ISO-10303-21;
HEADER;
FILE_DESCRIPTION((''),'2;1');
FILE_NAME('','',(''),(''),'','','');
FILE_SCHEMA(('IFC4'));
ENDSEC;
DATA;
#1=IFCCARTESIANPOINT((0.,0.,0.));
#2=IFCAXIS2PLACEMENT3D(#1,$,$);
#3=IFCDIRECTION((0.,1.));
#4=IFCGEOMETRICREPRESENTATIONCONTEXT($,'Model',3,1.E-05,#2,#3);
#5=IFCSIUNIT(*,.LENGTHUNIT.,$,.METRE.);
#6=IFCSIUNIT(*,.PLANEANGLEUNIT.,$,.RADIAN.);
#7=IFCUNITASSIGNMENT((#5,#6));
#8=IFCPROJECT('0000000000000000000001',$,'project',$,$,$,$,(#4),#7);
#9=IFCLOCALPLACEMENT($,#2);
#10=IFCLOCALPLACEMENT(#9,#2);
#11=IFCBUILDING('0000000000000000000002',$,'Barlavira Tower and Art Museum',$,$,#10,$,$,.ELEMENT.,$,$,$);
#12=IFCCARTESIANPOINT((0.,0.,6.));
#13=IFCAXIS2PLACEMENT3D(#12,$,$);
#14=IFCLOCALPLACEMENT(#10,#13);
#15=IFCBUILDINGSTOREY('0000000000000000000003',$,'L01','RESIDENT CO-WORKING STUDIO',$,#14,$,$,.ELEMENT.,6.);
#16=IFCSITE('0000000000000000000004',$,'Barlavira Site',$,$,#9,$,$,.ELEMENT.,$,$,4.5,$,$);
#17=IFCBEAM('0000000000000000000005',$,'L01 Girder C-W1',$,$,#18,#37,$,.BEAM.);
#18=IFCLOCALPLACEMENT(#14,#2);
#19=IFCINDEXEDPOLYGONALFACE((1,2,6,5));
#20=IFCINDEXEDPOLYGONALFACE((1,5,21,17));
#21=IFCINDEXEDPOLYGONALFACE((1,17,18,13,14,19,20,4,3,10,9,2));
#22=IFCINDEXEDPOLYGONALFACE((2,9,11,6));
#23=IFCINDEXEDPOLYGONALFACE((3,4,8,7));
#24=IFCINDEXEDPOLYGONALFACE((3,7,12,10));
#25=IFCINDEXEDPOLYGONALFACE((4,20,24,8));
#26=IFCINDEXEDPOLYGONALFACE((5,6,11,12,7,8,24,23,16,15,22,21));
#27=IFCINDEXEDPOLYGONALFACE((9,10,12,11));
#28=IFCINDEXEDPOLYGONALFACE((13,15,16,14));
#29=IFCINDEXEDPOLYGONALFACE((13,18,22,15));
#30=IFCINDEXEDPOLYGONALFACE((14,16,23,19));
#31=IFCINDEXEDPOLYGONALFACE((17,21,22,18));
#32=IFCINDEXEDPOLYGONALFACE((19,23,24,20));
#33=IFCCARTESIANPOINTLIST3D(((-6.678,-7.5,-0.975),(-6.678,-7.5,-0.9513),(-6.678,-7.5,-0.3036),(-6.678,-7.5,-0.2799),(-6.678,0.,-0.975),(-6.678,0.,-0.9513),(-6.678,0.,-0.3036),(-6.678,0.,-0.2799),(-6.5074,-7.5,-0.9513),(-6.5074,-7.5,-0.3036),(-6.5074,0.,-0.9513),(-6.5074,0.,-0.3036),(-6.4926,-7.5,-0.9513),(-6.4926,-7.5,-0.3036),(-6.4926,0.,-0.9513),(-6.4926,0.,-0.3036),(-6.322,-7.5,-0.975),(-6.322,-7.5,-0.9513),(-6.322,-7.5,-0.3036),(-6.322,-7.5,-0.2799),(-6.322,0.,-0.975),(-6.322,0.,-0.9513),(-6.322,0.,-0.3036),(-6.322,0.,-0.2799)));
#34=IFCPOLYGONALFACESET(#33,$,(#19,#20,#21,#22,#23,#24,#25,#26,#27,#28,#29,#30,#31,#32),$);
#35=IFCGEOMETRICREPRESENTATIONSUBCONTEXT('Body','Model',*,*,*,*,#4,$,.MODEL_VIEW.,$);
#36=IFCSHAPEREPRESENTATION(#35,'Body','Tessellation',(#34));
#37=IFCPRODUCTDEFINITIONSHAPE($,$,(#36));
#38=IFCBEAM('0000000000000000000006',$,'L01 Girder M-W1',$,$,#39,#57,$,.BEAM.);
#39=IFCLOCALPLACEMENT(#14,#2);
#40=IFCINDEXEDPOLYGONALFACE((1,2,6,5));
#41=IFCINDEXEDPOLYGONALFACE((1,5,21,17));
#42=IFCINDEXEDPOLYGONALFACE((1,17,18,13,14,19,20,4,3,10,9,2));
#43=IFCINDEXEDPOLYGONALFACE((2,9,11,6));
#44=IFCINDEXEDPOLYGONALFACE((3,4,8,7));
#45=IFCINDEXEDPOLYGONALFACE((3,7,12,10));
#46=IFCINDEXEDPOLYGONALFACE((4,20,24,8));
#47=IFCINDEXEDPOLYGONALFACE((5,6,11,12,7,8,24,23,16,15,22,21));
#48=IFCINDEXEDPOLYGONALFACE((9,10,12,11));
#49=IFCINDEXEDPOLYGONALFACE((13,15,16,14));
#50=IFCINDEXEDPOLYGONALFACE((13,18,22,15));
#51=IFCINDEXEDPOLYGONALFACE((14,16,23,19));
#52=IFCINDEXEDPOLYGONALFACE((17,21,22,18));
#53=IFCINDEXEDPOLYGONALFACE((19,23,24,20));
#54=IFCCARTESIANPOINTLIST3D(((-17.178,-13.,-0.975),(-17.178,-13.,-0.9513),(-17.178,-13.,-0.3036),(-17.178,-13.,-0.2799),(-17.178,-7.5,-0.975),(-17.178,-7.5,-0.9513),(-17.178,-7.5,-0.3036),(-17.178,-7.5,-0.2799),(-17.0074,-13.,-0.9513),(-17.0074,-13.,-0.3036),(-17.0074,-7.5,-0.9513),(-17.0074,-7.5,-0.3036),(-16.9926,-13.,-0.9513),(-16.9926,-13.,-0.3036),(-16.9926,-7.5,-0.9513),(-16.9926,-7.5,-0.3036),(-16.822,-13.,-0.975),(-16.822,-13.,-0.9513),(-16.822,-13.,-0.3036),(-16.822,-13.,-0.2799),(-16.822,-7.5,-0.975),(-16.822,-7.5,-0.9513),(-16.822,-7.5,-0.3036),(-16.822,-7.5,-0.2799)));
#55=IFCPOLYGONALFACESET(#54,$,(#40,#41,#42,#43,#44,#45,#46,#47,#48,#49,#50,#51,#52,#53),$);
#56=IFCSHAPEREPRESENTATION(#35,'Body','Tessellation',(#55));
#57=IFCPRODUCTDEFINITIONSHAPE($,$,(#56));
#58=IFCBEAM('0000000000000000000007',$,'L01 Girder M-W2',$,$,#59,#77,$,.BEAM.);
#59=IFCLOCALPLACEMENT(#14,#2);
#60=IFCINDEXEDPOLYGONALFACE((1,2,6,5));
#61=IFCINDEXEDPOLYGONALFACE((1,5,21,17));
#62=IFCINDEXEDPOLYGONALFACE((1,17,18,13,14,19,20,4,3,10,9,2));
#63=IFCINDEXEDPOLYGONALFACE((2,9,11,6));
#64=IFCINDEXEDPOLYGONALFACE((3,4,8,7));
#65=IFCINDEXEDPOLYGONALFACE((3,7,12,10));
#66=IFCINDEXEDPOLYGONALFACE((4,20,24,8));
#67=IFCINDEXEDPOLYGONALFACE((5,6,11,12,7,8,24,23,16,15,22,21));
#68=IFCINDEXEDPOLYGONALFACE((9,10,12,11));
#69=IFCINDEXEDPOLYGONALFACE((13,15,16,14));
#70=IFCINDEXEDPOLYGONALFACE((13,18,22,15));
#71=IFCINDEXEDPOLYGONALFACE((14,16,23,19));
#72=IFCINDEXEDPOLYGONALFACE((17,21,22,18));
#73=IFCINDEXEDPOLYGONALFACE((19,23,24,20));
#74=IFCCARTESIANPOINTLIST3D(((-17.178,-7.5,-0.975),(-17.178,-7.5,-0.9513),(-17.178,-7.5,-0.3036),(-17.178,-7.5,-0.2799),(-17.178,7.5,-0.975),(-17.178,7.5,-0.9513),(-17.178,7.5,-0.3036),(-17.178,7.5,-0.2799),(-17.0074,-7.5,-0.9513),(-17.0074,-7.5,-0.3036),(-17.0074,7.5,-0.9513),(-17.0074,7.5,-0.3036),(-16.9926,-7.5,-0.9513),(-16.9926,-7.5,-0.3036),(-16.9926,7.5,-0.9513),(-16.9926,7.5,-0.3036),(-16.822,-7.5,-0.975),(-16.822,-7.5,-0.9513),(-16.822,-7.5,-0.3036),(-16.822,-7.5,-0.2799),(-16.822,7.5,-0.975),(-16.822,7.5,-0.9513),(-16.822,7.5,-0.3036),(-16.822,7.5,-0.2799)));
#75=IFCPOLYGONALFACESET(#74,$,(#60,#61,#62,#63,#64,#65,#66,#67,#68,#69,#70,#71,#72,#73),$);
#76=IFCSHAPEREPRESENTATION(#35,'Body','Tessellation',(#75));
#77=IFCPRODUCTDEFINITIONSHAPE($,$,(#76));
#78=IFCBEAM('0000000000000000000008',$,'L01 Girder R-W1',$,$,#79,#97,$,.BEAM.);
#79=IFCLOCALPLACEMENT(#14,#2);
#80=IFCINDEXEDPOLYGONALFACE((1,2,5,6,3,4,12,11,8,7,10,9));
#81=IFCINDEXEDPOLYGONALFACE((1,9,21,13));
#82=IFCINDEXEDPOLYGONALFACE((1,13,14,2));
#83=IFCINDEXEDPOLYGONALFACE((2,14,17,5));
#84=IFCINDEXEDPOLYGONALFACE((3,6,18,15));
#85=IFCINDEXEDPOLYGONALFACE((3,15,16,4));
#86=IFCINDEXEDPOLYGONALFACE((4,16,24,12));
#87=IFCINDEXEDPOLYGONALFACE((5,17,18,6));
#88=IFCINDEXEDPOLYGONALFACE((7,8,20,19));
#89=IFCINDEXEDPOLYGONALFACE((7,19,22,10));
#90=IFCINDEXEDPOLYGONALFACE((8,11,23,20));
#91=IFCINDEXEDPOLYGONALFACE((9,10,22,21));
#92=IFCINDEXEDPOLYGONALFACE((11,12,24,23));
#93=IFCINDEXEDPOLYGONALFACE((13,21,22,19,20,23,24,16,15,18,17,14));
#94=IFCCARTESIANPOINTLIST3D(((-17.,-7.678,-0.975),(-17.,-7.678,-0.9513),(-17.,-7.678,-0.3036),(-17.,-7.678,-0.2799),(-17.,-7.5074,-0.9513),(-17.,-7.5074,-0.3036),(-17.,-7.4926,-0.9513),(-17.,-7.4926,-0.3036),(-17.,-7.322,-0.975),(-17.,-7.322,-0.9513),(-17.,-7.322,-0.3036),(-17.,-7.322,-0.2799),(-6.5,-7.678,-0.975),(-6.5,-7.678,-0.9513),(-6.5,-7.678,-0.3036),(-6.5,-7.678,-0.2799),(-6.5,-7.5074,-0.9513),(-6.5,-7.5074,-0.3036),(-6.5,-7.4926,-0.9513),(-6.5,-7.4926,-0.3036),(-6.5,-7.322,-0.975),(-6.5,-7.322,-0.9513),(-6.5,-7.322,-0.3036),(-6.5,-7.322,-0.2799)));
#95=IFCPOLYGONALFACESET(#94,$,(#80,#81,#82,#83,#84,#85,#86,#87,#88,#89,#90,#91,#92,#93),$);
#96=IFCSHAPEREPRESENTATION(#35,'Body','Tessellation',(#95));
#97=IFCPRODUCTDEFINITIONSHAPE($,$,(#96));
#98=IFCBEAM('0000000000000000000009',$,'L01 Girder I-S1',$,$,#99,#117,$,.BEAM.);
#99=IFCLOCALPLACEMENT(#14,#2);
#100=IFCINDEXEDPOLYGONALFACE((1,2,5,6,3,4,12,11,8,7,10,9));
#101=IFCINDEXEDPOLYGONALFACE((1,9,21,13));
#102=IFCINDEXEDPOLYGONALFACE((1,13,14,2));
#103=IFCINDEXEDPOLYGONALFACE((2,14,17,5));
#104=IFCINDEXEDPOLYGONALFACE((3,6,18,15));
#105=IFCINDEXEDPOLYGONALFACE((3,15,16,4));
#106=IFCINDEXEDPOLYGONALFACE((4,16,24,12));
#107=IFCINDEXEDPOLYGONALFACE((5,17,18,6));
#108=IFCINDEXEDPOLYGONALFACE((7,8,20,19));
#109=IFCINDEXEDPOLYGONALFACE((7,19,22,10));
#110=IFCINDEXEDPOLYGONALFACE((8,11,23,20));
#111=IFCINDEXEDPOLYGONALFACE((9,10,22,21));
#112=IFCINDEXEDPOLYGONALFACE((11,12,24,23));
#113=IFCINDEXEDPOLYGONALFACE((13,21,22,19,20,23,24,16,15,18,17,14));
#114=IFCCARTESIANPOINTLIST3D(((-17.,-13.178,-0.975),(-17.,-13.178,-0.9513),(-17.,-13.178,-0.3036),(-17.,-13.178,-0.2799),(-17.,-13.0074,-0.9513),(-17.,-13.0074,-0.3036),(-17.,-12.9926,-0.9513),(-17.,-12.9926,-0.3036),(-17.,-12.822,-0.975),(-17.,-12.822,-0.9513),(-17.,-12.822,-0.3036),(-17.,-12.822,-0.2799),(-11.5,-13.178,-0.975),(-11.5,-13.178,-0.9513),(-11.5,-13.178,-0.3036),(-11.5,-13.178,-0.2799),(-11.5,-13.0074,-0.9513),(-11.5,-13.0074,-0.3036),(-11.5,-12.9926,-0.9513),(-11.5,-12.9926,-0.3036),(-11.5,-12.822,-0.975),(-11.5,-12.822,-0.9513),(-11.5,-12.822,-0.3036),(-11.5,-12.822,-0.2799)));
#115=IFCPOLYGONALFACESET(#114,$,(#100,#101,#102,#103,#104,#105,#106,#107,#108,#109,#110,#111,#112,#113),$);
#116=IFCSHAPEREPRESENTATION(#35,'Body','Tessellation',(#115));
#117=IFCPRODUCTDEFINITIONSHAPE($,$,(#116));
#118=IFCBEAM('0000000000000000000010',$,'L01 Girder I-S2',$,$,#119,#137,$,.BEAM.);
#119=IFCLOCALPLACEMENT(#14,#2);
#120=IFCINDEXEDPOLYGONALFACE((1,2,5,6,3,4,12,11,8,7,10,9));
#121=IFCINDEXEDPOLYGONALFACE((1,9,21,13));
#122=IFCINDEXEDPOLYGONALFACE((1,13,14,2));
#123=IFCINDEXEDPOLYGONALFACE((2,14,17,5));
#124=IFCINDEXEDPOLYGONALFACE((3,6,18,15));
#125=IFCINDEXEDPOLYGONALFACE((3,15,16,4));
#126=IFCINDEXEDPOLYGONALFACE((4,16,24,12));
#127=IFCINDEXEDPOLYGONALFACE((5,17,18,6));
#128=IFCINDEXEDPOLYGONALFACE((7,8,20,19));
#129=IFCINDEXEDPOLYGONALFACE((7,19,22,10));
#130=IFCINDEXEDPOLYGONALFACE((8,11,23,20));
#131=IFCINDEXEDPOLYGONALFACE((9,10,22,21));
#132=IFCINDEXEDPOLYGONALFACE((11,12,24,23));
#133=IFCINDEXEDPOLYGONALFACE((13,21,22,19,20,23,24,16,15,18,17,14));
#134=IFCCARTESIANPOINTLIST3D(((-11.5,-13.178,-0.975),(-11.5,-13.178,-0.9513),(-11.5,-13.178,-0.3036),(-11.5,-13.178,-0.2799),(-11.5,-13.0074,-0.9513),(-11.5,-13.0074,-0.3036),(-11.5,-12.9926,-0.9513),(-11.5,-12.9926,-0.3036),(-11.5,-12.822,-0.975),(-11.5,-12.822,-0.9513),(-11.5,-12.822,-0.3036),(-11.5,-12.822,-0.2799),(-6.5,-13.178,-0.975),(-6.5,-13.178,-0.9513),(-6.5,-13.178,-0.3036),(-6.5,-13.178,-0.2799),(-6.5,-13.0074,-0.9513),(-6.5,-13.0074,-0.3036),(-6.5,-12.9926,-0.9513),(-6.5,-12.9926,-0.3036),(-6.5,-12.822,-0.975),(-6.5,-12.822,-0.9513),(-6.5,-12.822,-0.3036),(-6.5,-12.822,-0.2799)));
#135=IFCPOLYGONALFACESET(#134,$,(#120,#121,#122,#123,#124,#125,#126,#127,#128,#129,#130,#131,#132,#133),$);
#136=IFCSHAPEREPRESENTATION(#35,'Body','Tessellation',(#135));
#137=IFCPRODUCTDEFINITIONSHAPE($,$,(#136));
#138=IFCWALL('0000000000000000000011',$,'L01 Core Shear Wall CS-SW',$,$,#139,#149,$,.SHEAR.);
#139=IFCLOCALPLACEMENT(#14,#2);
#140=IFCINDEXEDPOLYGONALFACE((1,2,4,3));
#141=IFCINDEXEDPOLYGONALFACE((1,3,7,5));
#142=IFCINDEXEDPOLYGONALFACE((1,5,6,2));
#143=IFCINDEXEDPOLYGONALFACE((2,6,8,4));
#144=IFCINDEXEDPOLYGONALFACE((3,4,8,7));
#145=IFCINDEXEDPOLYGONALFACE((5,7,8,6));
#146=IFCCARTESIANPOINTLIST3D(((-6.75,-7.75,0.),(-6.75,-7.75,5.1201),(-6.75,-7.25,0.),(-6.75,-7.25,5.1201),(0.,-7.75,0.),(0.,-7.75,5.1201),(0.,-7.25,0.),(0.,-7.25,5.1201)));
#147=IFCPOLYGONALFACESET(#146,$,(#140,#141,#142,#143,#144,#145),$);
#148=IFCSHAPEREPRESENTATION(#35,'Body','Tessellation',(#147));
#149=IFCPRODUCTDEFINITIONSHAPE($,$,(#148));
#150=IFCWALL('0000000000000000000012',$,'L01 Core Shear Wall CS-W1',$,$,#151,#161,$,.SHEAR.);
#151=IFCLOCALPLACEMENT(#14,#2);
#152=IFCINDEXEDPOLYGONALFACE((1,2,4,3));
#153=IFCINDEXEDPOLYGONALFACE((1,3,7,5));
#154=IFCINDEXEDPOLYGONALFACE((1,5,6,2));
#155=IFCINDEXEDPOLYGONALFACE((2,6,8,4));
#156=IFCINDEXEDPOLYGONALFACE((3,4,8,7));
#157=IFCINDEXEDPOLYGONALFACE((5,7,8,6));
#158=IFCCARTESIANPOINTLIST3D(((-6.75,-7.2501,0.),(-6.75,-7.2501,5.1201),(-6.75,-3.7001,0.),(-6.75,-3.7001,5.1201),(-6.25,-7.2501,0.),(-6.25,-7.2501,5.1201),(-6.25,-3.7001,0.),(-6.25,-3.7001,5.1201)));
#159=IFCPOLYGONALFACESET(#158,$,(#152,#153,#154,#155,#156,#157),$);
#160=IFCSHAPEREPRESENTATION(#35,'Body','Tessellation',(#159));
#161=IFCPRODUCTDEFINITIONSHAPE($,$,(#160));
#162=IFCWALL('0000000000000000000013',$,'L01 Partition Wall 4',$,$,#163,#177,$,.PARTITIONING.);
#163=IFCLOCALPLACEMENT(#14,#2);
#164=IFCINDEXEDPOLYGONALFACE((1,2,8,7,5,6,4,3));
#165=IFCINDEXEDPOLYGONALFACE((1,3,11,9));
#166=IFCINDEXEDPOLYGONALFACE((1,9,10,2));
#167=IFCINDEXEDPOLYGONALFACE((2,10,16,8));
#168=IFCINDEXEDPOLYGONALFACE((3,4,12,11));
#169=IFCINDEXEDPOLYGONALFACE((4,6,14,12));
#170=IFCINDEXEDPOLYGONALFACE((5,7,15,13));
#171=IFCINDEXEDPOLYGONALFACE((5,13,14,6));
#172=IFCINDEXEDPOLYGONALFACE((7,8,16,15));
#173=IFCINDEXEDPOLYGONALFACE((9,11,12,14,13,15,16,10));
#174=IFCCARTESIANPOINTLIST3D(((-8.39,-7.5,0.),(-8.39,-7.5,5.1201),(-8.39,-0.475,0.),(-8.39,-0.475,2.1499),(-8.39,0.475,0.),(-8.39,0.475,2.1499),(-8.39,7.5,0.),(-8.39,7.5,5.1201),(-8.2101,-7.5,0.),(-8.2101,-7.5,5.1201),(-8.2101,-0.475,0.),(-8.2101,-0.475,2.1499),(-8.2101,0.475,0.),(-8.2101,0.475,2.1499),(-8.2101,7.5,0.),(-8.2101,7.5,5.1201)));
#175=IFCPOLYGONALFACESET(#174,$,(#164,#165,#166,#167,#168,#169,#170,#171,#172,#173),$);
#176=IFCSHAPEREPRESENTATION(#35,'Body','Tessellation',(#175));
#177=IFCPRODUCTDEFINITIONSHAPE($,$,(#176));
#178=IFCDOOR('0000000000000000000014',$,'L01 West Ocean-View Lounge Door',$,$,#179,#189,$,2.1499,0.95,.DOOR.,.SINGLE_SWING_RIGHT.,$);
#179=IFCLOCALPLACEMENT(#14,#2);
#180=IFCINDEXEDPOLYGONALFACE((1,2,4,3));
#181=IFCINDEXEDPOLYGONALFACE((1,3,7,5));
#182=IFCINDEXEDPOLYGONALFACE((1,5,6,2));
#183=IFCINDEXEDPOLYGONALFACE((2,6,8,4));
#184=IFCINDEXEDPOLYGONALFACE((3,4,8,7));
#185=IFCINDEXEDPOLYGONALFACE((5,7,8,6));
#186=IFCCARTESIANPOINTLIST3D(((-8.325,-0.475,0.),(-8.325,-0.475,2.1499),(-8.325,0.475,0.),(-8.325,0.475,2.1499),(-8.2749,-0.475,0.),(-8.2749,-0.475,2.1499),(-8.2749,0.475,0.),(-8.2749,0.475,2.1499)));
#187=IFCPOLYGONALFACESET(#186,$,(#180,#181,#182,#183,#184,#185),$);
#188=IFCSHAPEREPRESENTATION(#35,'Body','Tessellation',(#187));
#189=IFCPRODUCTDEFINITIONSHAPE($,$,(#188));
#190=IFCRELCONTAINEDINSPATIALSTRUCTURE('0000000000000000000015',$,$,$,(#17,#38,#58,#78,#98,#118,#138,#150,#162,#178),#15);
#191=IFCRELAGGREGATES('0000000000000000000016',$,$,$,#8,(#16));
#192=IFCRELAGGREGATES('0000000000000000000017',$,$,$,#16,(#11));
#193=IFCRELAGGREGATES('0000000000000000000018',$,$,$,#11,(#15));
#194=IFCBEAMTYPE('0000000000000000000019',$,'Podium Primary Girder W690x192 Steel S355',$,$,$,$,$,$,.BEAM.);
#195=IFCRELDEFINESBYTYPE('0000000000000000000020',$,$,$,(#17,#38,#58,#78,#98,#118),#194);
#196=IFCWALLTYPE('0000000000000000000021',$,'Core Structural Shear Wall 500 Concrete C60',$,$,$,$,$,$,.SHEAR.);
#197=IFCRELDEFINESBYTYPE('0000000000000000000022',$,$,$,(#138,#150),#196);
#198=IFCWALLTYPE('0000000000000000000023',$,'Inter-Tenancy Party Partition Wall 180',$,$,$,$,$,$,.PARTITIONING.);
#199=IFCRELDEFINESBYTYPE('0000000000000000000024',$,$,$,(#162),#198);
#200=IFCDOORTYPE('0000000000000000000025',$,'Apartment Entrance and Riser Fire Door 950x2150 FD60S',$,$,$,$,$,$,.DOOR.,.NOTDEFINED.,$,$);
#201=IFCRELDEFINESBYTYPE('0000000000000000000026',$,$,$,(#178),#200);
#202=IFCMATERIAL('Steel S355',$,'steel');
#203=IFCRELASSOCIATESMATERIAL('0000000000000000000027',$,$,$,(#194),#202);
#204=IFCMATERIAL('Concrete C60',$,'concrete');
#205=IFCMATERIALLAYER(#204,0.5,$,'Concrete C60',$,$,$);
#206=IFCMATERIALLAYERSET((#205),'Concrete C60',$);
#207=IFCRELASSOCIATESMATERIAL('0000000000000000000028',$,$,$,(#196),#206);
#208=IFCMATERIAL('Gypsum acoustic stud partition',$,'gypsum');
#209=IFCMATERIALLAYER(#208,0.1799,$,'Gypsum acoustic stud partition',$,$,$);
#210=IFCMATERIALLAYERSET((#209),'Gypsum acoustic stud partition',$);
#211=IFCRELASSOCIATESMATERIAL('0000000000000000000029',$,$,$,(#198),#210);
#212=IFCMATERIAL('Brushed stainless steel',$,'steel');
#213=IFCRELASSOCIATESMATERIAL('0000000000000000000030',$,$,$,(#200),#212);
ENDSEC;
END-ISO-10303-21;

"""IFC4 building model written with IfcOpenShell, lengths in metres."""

from ifc_helpers import new_model, si_unit, direction, frame, frame_2d, origin, origin_2d, place, context, subcontext, project, spatial, rectangle, i_section, extrude, material, layer, layer_set, material_profile, profile_set, type_object, element, fill, save


model = new_model("IFC4")

# Units and contexts
model_context = context("Model", 3, precision=1e-05, world=origin(), true_north=direction((0.0, 1.0)))
body_context = subcontext(model_context, "Body", "Model", "MODEL_VIEW")
ifc_project = project(units=[si_unit("LENGTHUNIT", "METRE"), si_unit("PLANEANGLEUNIT", "RADIAN")], contexts=[model_context])

# Site, building, storey
site_placement = place(None, origin())
site = spatial("IfcSite", under=ifc_project, at=site_placement, Name="Barlavira Site", CompositionType="ELEMENT", RefElevation=4.5)
building_placement = place(site_placement, origin())
building = spatial("IfcBuilding", under=site, at=building_placement, Name="Barlavira Tower and Art Museum", CompositionType="ELEMENT")
storey_placement = place(building_placement, frame((0.0, 0.0, 6.0)))
storey = spatial("IfcBuildingStorey", under=building, at=storey_placement, Name="L01", Description="RESIDENT CO-WORKING STUDIO", CompositionType="ELEMENT", Elevation=6.0)

# Shared definitions
ifc_material_1 = material(Name="Steel S355", Category="steel")
ifc_material_2 = material(Name="Concrete C60", Category="concrete")

# Beams
ifc_material_profile_1 = material_profile(ifc_material_1, i_section(OverallWidth=0.356, OverallDepth=0.6951, WebThickness=0.0149, FlangeThickness=0.0237, at=origin_2d()), Name="W690x192.0")
ifc_profile_set_1 = profile_set([ifc_material_profile_1], Name="Steel S355")
beam_type_1 = type_object("IfcBeamType", Name="Podium Primary Girder W690x192 Steel S355", PredefinedType="BEAM", material=ifc_profile_set_1)
beam_1_placement = place(storey_placement, frame((-6.5, -7.5, -0.6274), z_axis=(0.0, 1.0, 0.0), x_axis=(-1.0, 0.0, 0.0)))
element("IfcBeam", 1, at=beam_1_placement, inside=storey, type_object=beam_type_1, Name="L01 Girder C-W1", PredefinedType="BEAM", context=body_context, shape_type="SweptSolid", body=[
    extrude(i_section(OverallWidth=0.356, OverallDepth=0.6951, WebThickness=0.0149, FlangeThickness=0.0237, at=origin_2d()), origin(), (0.0, 0.0, 1.0), 7.5),
])
beam_2_placement = place(storey_placement, frame((-17.0, -13.0, -0.6274), z_axis=(0.0, 1.0, 0.0), x_axis=(-1.0, 0.0, 0.0)))
element("IfcBeam", 2, at=beam_2_placement, inside=storey, type_object=beam_type_1, Name="L01 Girder M-W1", PredefinedType="BEAM", context=body_context, shape_type="SweptSolid", body=[
    extrude(i_section(OverallWidth=0.356, OverallDepth=0.6951, WebThickness=0.0149, FlangeThickness=0.0237, at=origin_2d()), origin(), (0.0, 0.0, 1.0), 5.5),
])
beam_3_placement = place(storey_placement, frame((-17.0, -7.5, -0.6274), z_axis=(0.0, 1.0, 0.0), x_axis=(-1.0, 0.0, 0.0)))
element("IfcBeam", 3, at=beam_3_placement, inside=storey, type_object=beam_type_1, Name="L01 Girder M-W2", PredefinedType="BEAM", context=body_context, shape_type="SweptSolid", body=[
    extrude(i_section(OverallWidth=0.356, OverallDepth=0.6951, WebThickness=0.0149, FlangeThickness=0.0237, at=origin_2d()), origin(), (0.0, 0.0, 1.0), 15.0),
])
beam_4_placement = place(storey_placement, frame((-17.0, -7.5, -0.6274), z_axis=(1.0, 0.0, 0.0), x_axis=(0.0, 1.0, 0.0)))
element("IfcBeam", 4, at=beam_4_placement, inside=storey, type_object=beam_type_1, Name="L01 Girder R-W1", PredefinedType="BEAM", context=body_context, shape_type="SweptSolid", body=[
    extrude(i_section(OverallWidth=0.356, OverallDepth=0.6951, WebThickness=0.0149, FlangeThickness=0.0237, at=origin_2d()), origin(), (0.0, 0.0, 1.0), 10.5),
])
beam_5_placement = place(storey_placement, frame((-17.0, -13.0, -0.6274), z_axis=(1.0, 0.0, 0.0), x_axis=(0.0, 1.0, 0.0)))
element("IfcBeam", 5, at=beam_5_placement, inside=storey, type_object=beam_type_1, Name="L01 Girder I-S1", PredefinedType="BEAM", context=body_context, shape_type="SweptSolid", body=[
    extrude(i_section(OverallWidth=0.356, OverallDepth=0.6951, WebThickness=0.0149, FlangeThickness=0.0237, at=origin_2d()), origin(), (0.0, 0.0, 1.0), 5.5),
])
beam_6_placement = place(storey_placement, frame((-11.5, -13.0, -0.6274), z_axis=(1.0, 0.0, 0.0), x_axis=(0.0, 1.0, 0.0)))
element("IfcBeam", 6, at=beam_6_placement, inside=storey, type_object=beam_type_1, Name="L01 Girder I-S2", PredefinedType="BEAM", context=body_context, shape_type="SweptSolid", body=[
    extrude(i_section(OverallWidth=0.356, OverallDepth=0.6951, WebThickness=0.0149, FlangeThickness=0.0237, at=origin_2d()), origin(), (0.0, 0.0, 1.0), 5.0),
])

# Walls
ifc_layer_1 = layer(ifc_material_2, 0.5, Name="Concrete C60")
ifc_layer_set_1 = layer_set([ifc_layer_1], Name="Concrete C60")
wall_type_1 = type_object("IfcWallType", Name="Core Structural Shear Wall 500 Concrete C60", PredefinedType="SHEAR", material=ifc_layer_set_1)
wall_1_placement = place(storey_placement, frame((-6.75, -7.5, 0.0), z_axis=(0.0, 0.0, 1.0), x_axis=(1.0, 0.0, 0.0)))
element("IfcWall", 7, at=wall_1_placement, inside=storey, type_object=wall_type_1, Name="L01 Core Shear Wall CS-SW", PredefinedType="SHEAR", context=body_context, shape_type="SweptSolid", body=[
    extrude(rectangle(XDim=6.75, YDim=0.5, at=frame_2d((3.375, 0.0))), origin(), (0.0, 0.0, 1.0), 5.1201),
])
wall_2_placement = place(storey_placement, frame((-6.5, -7.25, 0.0), z_axis=(0.0, 0.0, 1.0), x_axis=(0.0, 1.0, 0.0)))
element("IfcWall", 8, at=wall_2_placement, inside=storey, type_object=wall_type_1, Name="L01 Core Shear Wall CS-W1", PredefinedType="SHEAR", context=body_context, shape_type="SweptSolid", body=[
    extrude(rectangle(XDim=3.55, YDim=0.5, at=frame_2d((1.7749, 0.0))), origin(), (0.0, 0.0, 1.0), 5.1201),
])

# Wall, opening, door
ifc_material_3 = material(Name="Gypsum acoustic stud partition", Category="gypsum")
ifc_layer_2 = layer(ifc_material_3, 0.1799, Name="Gypsum acoustic stud partition")
ifc_layer_set_2 = layer_set([ifc_layer_2], Name="Gypsum acoustic stud partition")
wall_type_2 = type_object("IfcWallType", Name="Inter-Tenancy Party Partition Wall 180", PredefinedType="PARTITIONING", material=ifc_layer_set_2)
wall_3_placement = place(storey_placement, frame((-8.3, -7.5, 0.0), z_axis=(0.0, 0.0, 1.0), x_axis=(0.0, 1.0, 0.0)))
wall_3 = element("IfcWall", 9, at=wall_3_placement, inside=storey, type_object=wall_type_2, Name="L01 Partition Wall 4", PredefinedType="PARTITIONING", context=body_context, shape_type="SweptSolid", body=[
    extrude(rectangle(XDim=15.0, YDim=0.1799, at=frame_2d((7.5, 0.0))), origin(), (0.0, 0.0, 1.0), 5.1201),
])
opening_1_placement = place(wall_3_placement, frame((7.0249, 0.0, 0.0)))
opening_1 = element("IfcOpeningElement", 10, at=opening_1_placement, cuts=wall_3, PredefinedType="OPENING", context=body_context, shape_type="SweptSolid", body=[
    extrude(rectangle(XDim=0.95, YDim=2.1499, at=frame_2d((0.4751, 1.075))), frame((0.0, 0.1001, 0.0), z_axis=(0.0, -1.0, 0.0), x_axis=(1.0, 0.0, 0.0)), (0.0, 0.0, 1.0), 0.2),
])
ifc_material_4 = material(Name="Brushed stainless steel", Category="steel")
door_type_1 = type_object("IfcDoorType", Name="Apartment Entrance and Riser Fire Door 950x2150 FD60S", OperationType="NOTDEFINED", PredefinedType="DOOR", material=ifc_material_4)
door_1_placement = place(opening_1_placement, origin())
door_1 = element("IfcDoor", 11, at=door_1_placement, inside=storey, type_object=door_type_1, Name="L01 West Ocean-View Lounge Door", OperationType="SINGLE_SWING_RIGHT", OverallHeight=2.1499, OverallWidth=0.95, PredefinedType="DOOR", context=body_context, shape_type="SweptSolid", body=[
    extrude(rectangle(XDim=0.95, YDim=2.1499, at=frame_2d((0.4751, 1.075))), frame((0.0, 0.0249, 0.0), z_axis=(0.0, -1.0, 0.0), x_axis=(1.0, 0.0, 0.0)), (0.0, 0.0, 1.0), 0.05),
])
fill(opening_1, door_1)

save(model, "model.ifc")
